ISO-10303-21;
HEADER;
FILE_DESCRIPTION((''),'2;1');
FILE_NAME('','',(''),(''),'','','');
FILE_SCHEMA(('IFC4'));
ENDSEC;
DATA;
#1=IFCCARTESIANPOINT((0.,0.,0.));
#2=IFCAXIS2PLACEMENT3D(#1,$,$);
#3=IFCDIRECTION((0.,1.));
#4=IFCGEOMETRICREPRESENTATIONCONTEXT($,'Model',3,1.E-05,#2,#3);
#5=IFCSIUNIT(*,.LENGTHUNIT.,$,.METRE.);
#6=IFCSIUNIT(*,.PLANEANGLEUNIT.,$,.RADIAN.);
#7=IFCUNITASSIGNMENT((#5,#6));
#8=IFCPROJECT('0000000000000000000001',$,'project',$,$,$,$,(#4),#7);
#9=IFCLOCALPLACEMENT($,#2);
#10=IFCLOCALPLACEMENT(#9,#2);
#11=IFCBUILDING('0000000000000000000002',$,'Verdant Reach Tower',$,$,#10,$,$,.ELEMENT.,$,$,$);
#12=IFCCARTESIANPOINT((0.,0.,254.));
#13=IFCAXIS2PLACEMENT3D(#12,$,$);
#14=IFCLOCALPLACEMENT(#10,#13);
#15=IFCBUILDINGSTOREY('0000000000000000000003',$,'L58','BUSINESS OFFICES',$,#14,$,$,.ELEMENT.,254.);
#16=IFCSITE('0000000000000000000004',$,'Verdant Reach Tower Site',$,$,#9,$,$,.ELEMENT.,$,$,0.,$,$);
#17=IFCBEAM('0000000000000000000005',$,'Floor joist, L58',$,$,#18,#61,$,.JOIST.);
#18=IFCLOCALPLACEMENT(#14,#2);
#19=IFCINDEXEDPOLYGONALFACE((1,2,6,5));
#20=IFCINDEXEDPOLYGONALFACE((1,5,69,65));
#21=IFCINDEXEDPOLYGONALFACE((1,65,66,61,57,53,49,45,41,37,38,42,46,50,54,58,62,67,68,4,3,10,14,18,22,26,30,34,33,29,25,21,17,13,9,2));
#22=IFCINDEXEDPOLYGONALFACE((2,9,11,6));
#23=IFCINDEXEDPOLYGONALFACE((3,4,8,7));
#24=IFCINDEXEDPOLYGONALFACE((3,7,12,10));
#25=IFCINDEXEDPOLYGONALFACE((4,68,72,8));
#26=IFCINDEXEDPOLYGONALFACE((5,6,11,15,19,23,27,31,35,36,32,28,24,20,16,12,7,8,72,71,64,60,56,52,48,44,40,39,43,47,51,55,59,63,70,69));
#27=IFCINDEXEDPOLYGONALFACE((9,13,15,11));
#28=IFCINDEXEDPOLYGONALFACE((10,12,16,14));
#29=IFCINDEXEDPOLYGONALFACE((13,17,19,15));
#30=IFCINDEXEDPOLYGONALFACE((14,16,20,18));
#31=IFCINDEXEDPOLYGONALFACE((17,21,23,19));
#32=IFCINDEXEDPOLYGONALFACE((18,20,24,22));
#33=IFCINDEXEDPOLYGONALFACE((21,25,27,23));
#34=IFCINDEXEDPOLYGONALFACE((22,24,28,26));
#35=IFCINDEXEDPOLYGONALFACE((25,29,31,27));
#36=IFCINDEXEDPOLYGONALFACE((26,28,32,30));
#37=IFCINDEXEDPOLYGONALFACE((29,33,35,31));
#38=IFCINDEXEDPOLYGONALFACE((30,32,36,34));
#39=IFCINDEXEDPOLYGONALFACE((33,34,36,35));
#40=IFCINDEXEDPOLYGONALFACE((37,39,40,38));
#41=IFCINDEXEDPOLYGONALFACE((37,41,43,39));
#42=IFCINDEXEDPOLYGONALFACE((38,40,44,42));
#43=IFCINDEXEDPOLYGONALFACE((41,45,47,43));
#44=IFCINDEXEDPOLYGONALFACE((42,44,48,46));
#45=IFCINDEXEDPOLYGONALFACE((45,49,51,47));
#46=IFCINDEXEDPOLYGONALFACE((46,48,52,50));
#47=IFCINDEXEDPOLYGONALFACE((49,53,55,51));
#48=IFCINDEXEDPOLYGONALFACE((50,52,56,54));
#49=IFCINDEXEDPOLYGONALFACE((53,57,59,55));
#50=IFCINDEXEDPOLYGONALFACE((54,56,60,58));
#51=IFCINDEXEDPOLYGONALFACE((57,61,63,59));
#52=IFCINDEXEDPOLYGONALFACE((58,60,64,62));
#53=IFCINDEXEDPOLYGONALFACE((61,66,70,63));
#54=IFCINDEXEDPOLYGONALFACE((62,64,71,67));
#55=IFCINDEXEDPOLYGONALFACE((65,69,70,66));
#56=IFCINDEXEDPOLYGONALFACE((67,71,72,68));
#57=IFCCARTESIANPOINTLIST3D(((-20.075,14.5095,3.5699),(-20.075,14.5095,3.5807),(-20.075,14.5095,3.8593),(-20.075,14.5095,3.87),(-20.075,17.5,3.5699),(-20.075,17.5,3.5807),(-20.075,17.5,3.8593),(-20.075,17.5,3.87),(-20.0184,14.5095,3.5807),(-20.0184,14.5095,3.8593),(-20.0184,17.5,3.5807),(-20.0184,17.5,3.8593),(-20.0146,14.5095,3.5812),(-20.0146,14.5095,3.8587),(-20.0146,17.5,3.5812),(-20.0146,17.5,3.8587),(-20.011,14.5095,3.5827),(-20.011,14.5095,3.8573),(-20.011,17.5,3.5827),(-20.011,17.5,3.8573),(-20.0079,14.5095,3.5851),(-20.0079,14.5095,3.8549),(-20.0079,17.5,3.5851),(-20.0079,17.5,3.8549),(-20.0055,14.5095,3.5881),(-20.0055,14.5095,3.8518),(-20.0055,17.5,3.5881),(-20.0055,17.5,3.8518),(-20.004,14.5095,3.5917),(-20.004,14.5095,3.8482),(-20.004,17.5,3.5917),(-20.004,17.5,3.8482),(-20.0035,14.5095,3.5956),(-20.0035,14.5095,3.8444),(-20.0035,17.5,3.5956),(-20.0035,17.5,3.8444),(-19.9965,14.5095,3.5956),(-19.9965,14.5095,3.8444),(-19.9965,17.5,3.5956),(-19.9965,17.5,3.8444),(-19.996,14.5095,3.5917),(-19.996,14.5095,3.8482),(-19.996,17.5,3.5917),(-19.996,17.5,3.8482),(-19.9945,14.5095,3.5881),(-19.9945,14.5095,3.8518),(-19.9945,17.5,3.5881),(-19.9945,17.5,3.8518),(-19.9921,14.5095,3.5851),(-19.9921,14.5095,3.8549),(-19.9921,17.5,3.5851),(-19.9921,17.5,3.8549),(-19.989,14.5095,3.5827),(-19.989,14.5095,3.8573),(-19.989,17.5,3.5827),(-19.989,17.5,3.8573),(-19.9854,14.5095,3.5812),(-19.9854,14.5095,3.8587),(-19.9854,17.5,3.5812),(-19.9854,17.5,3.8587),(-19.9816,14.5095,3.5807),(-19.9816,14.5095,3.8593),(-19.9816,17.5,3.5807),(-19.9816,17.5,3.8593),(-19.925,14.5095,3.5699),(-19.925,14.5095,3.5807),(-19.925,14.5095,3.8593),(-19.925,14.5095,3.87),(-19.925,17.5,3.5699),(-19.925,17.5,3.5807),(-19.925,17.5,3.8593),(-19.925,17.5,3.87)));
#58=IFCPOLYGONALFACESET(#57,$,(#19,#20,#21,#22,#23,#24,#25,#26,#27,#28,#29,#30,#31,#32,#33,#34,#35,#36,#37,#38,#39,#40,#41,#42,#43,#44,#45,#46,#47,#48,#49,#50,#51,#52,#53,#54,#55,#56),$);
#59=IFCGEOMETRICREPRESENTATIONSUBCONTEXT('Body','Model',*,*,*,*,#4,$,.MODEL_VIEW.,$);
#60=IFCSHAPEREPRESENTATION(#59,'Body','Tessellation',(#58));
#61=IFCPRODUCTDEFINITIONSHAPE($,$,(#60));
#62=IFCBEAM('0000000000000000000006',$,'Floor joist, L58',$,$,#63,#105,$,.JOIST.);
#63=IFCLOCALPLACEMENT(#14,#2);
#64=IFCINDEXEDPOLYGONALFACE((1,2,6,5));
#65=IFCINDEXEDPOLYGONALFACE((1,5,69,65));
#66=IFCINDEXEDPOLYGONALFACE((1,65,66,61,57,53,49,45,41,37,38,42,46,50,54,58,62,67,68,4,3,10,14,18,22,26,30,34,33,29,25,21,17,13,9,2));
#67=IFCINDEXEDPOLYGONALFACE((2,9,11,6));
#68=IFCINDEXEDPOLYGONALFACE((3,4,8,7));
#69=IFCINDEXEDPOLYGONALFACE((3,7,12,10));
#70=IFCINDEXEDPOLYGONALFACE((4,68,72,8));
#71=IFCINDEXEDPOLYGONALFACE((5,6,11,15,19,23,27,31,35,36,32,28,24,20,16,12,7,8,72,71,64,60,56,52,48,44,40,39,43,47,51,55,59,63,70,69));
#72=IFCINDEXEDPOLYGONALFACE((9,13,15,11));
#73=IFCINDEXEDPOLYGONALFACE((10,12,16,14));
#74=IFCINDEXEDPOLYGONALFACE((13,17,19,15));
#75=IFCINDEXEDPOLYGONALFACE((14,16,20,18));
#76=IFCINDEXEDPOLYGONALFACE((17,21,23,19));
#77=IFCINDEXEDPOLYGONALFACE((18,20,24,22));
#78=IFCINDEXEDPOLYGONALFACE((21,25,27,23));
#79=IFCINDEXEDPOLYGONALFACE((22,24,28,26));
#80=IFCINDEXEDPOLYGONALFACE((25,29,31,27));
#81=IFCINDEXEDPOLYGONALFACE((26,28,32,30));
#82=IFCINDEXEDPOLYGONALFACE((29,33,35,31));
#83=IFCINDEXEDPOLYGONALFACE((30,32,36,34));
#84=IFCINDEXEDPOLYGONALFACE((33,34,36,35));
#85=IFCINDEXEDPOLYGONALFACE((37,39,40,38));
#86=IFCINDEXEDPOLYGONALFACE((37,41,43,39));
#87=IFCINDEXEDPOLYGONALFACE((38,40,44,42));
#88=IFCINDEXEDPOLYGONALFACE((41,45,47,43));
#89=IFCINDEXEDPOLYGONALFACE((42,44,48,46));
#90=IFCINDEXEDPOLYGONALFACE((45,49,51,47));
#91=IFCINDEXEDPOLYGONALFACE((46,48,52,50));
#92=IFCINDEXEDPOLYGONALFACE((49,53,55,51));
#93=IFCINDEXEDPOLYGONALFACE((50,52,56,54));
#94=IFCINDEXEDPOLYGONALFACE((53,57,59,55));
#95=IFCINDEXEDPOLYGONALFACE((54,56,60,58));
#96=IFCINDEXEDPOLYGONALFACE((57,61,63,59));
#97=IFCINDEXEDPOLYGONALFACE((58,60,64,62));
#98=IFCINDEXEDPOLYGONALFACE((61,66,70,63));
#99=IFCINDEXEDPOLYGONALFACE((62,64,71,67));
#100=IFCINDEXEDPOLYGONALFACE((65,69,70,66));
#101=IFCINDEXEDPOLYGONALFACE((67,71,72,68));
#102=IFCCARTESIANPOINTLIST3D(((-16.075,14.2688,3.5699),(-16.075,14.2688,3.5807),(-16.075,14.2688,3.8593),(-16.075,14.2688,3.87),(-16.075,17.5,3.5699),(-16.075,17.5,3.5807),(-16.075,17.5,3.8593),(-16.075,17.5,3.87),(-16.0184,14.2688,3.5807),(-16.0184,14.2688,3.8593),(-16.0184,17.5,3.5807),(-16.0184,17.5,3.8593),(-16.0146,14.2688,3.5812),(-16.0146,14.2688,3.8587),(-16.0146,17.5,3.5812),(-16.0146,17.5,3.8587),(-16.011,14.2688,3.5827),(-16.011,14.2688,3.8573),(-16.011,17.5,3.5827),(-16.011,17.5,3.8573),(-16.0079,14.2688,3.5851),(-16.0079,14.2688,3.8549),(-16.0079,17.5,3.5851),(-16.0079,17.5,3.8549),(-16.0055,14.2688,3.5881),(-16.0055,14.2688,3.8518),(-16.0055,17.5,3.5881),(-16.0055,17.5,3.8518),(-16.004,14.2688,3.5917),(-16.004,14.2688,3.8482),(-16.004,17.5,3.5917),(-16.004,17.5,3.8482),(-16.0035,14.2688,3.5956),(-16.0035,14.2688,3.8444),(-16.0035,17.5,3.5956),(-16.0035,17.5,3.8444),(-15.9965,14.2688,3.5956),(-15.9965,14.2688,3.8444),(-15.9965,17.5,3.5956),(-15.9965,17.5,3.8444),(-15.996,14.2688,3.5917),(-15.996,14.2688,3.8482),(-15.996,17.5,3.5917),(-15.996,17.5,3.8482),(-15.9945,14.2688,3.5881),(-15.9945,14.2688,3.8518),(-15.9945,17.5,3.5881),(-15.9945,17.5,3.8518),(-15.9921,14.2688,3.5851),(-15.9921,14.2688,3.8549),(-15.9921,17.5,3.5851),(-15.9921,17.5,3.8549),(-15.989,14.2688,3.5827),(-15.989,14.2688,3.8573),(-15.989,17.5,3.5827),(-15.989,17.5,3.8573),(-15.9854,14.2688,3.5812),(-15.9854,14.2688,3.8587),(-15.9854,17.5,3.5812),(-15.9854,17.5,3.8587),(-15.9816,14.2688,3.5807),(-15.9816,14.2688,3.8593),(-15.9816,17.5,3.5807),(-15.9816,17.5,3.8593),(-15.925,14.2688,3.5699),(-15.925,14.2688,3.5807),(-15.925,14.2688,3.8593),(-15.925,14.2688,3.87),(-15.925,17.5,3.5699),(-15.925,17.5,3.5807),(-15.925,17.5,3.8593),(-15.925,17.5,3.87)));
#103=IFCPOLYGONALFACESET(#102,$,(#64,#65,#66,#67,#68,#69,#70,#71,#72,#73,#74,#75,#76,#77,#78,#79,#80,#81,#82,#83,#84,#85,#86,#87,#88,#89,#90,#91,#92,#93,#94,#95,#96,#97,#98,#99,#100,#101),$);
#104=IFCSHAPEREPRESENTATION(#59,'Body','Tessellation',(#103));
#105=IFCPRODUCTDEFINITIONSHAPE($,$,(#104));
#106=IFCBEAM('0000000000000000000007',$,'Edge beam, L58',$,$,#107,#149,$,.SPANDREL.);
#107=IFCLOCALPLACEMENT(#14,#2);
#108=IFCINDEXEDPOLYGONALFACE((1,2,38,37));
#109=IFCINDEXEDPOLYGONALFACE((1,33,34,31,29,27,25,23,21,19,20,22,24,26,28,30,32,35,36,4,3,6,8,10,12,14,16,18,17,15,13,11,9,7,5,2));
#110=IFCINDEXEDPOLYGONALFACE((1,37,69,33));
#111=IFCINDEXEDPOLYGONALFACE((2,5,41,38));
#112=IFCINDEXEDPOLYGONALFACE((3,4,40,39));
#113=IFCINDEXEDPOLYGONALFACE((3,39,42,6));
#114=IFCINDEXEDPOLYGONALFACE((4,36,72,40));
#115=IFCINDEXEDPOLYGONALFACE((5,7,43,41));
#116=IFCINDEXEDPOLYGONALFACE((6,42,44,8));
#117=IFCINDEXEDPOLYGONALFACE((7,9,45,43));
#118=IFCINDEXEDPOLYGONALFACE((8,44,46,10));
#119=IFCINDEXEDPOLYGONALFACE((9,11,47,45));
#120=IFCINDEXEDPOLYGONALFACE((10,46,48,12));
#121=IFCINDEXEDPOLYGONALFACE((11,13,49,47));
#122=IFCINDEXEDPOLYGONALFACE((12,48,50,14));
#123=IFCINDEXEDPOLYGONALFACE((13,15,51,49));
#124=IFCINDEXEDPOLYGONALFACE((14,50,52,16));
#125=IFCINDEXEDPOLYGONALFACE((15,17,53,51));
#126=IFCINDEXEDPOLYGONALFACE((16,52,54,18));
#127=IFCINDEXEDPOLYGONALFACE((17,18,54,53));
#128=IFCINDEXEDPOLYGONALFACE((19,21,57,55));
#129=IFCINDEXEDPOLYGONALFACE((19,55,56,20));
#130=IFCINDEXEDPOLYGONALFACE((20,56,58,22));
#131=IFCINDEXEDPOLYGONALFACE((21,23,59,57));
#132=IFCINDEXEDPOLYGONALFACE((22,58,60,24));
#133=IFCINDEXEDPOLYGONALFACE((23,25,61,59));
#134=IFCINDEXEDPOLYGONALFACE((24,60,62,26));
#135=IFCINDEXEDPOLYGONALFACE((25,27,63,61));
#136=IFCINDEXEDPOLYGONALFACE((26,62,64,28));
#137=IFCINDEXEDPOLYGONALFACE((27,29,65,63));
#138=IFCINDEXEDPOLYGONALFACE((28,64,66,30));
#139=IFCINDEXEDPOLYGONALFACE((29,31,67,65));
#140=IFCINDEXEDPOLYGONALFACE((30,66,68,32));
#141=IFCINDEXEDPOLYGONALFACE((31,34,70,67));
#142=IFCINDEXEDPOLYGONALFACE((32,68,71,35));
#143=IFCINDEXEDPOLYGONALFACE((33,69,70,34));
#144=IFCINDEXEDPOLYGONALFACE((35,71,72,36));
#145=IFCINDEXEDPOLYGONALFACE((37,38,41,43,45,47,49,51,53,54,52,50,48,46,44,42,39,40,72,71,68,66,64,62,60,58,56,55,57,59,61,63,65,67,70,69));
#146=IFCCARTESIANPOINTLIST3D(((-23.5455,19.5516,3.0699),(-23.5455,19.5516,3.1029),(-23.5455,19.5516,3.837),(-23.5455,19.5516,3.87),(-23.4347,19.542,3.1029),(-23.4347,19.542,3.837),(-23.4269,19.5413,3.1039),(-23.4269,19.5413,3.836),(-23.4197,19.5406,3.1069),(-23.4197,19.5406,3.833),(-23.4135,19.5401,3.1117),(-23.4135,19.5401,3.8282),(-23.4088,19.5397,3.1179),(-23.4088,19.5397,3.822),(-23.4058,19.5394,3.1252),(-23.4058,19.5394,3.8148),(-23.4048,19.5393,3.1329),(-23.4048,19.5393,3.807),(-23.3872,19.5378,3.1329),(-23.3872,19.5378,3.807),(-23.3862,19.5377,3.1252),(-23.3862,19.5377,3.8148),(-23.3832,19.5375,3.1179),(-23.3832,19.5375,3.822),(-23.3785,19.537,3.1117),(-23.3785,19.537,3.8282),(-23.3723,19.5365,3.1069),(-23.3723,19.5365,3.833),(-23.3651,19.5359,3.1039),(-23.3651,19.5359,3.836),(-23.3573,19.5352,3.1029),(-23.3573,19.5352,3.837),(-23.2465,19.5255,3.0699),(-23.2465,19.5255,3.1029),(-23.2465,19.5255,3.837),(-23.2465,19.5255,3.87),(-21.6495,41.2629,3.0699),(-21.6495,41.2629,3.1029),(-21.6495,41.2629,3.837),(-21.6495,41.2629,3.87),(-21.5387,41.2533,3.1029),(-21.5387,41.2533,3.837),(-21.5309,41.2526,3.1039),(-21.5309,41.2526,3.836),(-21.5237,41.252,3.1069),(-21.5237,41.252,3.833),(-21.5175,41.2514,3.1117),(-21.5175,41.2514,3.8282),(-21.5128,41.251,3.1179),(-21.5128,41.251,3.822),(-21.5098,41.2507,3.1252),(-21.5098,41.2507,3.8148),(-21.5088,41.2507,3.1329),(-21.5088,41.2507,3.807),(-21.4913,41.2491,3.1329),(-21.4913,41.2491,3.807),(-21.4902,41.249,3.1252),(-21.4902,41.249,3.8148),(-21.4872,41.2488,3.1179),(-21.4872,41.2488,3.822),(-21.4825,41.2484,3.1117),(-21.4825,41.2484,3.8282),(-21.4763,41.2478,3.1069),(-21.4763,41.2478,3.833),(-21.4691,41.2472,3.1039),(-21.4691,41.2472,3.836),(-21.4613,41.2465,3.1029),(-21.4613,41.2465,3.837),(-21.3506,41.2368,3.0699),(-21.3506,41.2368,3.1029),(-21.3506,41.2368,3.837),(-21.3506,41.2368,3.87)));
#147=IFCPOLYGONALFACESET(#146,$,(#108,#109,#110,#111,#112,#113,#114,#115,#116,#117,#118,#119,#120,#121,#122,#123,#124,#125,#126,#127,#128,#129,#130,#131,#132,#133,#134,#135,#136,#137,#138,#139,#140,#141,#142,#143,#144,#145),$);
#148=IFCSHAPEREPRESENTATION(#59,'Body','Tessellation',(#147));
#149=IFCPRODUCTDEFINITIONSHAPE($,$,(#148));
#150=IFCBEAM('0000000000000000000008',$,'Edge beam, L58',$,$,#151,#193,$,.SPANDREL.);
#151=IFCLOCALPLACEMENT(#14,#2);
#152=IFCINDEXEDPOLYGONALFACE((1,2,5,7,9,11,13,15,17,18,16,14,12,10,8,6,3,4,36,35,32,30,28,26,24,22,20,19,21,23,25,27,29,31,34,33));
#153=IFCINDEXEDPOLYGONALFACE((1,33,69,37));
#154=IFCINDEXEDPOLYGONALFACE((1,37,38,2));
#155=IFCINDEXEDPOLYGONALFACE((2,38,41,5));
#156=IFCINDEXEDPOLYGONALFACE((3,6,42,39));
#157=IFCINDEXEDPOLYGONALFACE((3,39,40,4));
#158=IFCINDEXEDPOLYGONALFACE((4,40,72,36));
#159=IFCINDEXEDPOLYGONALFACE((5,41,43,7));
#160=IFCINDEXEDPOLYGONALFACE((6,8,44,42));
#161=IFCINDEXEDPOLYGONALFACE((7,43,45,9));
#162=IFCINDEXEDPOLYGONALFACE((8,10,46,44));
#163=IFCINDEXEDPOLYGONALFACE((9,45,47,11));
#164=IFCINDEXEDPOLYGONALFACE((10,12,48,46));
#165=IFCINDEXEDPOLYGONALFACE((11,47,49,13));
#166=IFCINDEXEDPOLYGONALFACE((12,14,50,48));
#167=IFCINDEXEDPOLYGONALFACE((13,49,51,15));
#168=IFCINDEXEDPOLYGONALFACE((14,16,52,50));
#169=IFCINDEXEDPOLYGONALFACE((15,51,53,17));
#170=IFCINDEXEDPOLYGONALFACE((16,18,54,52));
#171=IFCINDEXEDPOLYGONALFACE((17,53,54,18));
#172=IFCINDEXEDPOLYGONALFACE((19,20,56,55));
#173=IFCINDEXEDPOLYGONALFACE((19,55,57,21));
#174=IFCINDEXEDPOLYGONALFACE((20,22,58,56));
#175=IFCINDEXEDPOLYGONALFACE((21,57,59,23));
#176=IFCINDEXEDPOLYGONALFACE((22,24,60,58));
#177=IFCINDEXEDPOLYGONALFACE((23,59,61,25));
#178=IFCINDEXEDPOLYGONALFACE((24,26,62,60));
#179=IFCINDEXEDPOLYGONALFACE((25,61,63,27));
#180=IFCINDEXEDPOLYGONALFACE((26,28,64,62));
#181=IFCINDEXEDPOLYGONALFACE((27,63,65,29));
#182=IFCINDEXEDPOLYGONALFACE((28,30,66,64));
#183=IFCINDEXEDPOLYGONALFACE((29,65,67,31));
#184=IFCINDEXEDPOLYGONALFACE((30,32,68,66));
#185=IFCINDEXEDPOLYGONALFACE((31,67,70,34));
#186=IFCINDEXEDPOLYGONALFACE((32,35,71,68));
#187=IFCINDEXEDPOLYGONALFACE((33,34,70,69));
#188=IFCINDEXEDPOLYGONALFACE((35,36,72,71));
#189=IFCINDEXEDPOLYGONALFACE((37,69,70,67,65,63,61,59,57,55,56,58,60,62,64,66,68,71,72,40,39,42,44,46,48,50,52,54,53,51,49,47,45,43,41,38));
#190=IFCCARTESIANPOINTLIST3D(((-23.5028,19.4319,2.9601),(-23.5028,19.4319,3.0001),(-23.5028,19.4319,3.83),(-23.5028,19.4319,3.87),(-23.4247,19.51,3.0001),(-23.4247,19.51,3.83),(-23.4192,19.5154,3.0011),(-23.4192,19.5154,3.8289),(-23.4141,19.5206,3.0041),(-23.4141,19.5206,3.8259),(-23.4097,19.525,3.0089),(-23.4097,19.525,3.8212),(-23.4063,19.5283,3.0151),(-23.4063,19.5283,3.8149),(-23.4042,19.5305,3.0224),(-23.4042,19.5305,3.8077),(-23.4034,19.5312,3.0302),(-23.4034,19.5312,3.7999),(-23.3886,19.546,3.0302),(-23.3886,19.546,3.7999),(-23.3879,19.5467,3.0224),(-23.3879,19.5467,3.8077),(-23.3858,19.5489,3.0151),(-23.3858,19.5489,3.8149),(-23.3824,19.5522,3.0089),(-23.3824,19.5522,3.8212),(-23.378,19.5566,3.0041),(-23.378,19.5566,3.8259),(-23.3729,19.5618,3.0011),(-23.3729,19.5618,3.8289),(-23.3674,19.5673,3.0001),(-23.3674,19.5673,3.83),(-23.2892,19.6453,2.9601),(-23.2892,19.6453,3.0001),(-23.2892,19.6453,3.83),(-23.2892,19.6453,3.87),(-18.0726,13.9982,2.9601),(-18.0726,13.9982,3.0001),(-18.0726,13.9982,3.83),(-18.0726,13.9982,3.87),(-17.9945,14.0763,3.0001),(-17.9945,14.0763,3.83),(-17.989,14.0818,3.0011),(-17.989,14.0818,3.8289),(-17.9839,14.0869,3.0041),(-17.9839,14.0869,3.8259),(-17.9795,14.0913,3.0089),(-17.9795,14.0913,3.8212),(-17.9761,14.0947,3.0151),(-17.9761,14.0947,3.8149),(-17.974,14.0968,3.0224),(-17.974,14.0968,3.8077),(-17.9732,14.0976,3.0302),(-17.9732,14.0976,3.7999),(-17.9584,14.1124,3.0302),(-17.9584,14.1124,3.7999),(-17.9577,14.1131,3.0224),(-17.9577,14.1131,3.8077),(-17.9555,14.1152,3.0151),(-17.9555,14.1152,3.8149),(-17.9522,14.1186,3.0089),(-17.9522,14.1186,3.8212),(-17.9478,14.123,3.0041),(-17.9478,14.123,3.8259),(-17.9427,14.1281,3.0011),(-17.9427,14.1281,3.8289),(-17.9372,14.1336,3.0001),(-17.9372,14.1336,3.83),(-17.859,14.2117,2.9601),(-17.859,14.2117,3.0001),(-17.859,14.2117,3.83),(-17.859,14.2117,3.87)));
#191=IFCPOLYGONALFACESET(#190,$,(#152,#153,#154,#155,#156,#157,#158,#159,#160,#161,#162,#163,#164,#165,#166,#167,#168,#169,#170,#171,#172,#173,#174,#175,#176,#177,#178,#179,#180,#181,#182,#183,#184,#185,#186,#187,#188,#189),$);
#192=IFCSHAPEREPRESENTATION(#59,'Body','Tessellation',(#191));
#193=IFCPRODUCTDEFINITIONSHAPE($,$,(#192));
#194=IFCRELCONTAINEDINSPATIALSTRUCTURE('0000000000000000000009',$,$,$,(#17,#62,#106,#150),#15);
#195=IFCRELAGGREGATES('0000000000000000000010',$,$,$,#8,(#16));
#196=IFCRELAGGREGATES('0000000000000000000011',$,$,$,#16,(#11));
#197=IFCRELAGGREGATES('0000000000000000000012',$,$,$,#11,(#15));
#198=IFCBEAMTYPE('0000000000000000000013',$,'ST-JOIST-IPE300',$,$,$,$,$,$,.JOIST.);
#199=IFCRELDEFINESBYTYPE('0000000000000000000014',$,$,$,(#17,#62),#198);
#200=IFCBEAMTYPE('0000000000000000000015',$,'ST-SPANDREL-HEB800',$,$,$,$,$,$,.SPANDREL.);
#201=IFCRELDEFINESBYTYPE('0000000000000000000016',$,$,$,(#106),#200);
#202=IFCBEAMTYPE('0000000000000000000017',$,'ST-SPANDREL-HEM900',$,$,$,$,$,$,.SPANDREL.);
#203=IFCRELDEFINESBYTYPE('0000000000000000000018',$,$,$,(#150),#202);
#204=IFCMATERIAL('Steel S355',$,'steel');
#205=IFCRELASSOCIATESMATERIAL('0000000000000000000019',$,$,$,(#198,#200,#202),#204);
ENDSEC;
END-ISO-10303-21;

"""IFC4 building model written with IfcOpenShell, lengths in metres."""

from ifc_helpers import new_model, si_unit, direction, frame, origin, origin_2d, place, context, subcontext, project, spatial, i_section, extrude, material, material_profile, profile_set, type_object, element, save


model = new_model("IFC4")

# Units and contexts
model_context = context("Model", 3, precision=1e-05, world=origin(), true_north=direction((0.0, 1.0)))
body_context = subcontext(model_context, "Body", "Model", "MODEL_VIEW")
ifc_project = project(units=[si_unit("LENGTHUNIT", "METRE"), si_unit("PLANEANGLEUNIT", "RADIAN")], contexts=[model_context])

# Site, building, storey
site_placement = place(None, origin())
site = spatial("IfcSite", under=ifc_project, at=site_placement, Name="Verdant Reach Tower Site", CompositionType="ELEMENT", RefElevation=0.0)
building_placement = place(site_placement, origin())
building = spatial("IfcBuilding", under=site, at=building_placement, Name="Verdant Reach Tower", CompositionType="ELEMENT")
storey_placement = place(building_placement, frame((0.0, 0.0, 254.0)))
storey = spatial("IfcBuildingStorey", under=building, at=storey_placement, Name="L58", Description="BUSINESS OFFICES", CompositionType="ELEMENT", Elevation=254.0)

# Beams
ifc_material_1 = material(Name="Steel S355", Category="steel")
ifc_material_profile_1 = material_profile(ifc_material_1, i_section(OverallWidth=0.1499, OverallDepth=0.3, WebThickness=0.0071, FlangeThickness=0.0107, FilletRadius=0.0149, at=origin_2d()), Name="IPE 300")
ifc_profile_set_1 = profile_set([ifc_material_profile_1], Name="Steel S355")
beam_type_1 = type_object("IfcBeamType", Name="ST-JOIST-IPE300", PredefinedType="JOIST", material=ifc_profile_set_1)
beam_1_placement = place(storey_placement, frame((-20.0, 17.5, 3.72), z_axis=(0.0, -1.0, 0.0), x_axis=(1.0, 0.0, 0.0)))
element("IfcBeam", 1, at=beam_1_placement, inside=storey, type_object=beam_type_1, Name="Floor joist, L58", PredefinedType="JOIST", context=body_context, shape_type="SweptSolid", body=[
    extrude(i_section(OverallWidth=0.1499, OverallDepth=0.3, WebThickness=0.0071, FlangeThickness=0.0107, FilletRadius=0.0149, at=origin_2d()), origin(), (0.0, 0.0, 1.0), 2.9905),
])
beam_2_placement = place(storey_placement, frame((-16.0, 17.5, 3.72), z_axis=(0.0, -1.0, 0.0), x_axis=(1.0, 0.0, 0.0)))
element("IfcBeam", 2, at=beam_2_placement, inside=storey, type_object=beam_type_1, Name="Floor joist, L58", PredefinedType="JOIST", context=body_context, shape_type="SweptSolid", body=[
    extrude(i_section(OverallWidth=0.1499, OverallDepth=0.3, WebThickness=0.0071, FlangeThickness=0.0107, FilletRadius=0.0149, at=origin_2d()), origin(), (0.0, 0.0, 1.0), 3.2312),
])
ifc_material_profile_2 = material_profile(ifc_material_1, i_section(OverallWidth=0.3, OverallDepth=0.8, WebThickness=0.0176, FlangeThickness=0.033, FilletRadius=0.03, at=origin_2d()), Name="HEB 800")
ifc_profile_set_2 = profile_set([ifc_material_profile_2], Name="Steel S355")
beam_type_2 = type_object("IfcBeamType", Name="ST-SPANDREL-HEB800", PredefinedType="SPANDREL", material=ifc_profile_set_2)
beam_3_placement = place(storey_placement, frame((-23.396, 19.5386, 3.47), z_axis=(0.086996, 0.996209, 0.0), x_axis=(-0.996209, 0.086996, 0.0)))
element("IfcBeam", 3, at=beam_3_placement, inside=storey, type_object=beam_type_2, Name="Edge beam, L58", PredefinedType="SPANDREL", context=body_context, shape_type="SweptSolid", body=[
    extrude(i_section(OverallWidth=0.3, OverallDepth=0.8, WebThickness=0.0176, FlangeThickness=0.033, FilletRadius=0.03, at=origin_2d()), origin(), (0.0, 0.0, 1.0), 21.7939),
])
ifc_material_profile_3 = material_profile(ifc_material_1, i_section(OverallWidth=0.302, OverallDepth=0.9099, WebThickness=0.021, FlangeThickness=0.04, FilletRadius=0.03, at=origin_2d()), Name="HEM 900")
ifc_profile_set_3 = profile_set([ifc_material_profile_3], Name="Steel S355")
beam_type_3 = type_object("IfcBeamType", Name="ST-SPANDREL-HEM900", PredefinedType="SPANDREL", material=ifc_profile_set_3)
beam_4_placement = place(storey_placement, frame((-17.9658, 14.105, 3.415), z_axis=(-0.706884, 0.707329, 0.0), x_axis=(-0.707329, -0.706884, 0.0)))
element("IfcBeam", 4, at=beam_4_placement, inside=storey, type_object=beam_type_3, Name="Edge beam, L58", PredefinedType="SPANDREL", context=body_context, shape_type="SweptSolid", body=[
    extrude(i_section(OverallWidth=0.302, OverallDepth=0.9099, WebThickness=0.021, FlangeThickness=0.04, FilletRadius=0.03, at=origin_2d()), origin(), (0.0, 0.0, 1.0), 7.6819),
])

save(model, "model.ifc")
